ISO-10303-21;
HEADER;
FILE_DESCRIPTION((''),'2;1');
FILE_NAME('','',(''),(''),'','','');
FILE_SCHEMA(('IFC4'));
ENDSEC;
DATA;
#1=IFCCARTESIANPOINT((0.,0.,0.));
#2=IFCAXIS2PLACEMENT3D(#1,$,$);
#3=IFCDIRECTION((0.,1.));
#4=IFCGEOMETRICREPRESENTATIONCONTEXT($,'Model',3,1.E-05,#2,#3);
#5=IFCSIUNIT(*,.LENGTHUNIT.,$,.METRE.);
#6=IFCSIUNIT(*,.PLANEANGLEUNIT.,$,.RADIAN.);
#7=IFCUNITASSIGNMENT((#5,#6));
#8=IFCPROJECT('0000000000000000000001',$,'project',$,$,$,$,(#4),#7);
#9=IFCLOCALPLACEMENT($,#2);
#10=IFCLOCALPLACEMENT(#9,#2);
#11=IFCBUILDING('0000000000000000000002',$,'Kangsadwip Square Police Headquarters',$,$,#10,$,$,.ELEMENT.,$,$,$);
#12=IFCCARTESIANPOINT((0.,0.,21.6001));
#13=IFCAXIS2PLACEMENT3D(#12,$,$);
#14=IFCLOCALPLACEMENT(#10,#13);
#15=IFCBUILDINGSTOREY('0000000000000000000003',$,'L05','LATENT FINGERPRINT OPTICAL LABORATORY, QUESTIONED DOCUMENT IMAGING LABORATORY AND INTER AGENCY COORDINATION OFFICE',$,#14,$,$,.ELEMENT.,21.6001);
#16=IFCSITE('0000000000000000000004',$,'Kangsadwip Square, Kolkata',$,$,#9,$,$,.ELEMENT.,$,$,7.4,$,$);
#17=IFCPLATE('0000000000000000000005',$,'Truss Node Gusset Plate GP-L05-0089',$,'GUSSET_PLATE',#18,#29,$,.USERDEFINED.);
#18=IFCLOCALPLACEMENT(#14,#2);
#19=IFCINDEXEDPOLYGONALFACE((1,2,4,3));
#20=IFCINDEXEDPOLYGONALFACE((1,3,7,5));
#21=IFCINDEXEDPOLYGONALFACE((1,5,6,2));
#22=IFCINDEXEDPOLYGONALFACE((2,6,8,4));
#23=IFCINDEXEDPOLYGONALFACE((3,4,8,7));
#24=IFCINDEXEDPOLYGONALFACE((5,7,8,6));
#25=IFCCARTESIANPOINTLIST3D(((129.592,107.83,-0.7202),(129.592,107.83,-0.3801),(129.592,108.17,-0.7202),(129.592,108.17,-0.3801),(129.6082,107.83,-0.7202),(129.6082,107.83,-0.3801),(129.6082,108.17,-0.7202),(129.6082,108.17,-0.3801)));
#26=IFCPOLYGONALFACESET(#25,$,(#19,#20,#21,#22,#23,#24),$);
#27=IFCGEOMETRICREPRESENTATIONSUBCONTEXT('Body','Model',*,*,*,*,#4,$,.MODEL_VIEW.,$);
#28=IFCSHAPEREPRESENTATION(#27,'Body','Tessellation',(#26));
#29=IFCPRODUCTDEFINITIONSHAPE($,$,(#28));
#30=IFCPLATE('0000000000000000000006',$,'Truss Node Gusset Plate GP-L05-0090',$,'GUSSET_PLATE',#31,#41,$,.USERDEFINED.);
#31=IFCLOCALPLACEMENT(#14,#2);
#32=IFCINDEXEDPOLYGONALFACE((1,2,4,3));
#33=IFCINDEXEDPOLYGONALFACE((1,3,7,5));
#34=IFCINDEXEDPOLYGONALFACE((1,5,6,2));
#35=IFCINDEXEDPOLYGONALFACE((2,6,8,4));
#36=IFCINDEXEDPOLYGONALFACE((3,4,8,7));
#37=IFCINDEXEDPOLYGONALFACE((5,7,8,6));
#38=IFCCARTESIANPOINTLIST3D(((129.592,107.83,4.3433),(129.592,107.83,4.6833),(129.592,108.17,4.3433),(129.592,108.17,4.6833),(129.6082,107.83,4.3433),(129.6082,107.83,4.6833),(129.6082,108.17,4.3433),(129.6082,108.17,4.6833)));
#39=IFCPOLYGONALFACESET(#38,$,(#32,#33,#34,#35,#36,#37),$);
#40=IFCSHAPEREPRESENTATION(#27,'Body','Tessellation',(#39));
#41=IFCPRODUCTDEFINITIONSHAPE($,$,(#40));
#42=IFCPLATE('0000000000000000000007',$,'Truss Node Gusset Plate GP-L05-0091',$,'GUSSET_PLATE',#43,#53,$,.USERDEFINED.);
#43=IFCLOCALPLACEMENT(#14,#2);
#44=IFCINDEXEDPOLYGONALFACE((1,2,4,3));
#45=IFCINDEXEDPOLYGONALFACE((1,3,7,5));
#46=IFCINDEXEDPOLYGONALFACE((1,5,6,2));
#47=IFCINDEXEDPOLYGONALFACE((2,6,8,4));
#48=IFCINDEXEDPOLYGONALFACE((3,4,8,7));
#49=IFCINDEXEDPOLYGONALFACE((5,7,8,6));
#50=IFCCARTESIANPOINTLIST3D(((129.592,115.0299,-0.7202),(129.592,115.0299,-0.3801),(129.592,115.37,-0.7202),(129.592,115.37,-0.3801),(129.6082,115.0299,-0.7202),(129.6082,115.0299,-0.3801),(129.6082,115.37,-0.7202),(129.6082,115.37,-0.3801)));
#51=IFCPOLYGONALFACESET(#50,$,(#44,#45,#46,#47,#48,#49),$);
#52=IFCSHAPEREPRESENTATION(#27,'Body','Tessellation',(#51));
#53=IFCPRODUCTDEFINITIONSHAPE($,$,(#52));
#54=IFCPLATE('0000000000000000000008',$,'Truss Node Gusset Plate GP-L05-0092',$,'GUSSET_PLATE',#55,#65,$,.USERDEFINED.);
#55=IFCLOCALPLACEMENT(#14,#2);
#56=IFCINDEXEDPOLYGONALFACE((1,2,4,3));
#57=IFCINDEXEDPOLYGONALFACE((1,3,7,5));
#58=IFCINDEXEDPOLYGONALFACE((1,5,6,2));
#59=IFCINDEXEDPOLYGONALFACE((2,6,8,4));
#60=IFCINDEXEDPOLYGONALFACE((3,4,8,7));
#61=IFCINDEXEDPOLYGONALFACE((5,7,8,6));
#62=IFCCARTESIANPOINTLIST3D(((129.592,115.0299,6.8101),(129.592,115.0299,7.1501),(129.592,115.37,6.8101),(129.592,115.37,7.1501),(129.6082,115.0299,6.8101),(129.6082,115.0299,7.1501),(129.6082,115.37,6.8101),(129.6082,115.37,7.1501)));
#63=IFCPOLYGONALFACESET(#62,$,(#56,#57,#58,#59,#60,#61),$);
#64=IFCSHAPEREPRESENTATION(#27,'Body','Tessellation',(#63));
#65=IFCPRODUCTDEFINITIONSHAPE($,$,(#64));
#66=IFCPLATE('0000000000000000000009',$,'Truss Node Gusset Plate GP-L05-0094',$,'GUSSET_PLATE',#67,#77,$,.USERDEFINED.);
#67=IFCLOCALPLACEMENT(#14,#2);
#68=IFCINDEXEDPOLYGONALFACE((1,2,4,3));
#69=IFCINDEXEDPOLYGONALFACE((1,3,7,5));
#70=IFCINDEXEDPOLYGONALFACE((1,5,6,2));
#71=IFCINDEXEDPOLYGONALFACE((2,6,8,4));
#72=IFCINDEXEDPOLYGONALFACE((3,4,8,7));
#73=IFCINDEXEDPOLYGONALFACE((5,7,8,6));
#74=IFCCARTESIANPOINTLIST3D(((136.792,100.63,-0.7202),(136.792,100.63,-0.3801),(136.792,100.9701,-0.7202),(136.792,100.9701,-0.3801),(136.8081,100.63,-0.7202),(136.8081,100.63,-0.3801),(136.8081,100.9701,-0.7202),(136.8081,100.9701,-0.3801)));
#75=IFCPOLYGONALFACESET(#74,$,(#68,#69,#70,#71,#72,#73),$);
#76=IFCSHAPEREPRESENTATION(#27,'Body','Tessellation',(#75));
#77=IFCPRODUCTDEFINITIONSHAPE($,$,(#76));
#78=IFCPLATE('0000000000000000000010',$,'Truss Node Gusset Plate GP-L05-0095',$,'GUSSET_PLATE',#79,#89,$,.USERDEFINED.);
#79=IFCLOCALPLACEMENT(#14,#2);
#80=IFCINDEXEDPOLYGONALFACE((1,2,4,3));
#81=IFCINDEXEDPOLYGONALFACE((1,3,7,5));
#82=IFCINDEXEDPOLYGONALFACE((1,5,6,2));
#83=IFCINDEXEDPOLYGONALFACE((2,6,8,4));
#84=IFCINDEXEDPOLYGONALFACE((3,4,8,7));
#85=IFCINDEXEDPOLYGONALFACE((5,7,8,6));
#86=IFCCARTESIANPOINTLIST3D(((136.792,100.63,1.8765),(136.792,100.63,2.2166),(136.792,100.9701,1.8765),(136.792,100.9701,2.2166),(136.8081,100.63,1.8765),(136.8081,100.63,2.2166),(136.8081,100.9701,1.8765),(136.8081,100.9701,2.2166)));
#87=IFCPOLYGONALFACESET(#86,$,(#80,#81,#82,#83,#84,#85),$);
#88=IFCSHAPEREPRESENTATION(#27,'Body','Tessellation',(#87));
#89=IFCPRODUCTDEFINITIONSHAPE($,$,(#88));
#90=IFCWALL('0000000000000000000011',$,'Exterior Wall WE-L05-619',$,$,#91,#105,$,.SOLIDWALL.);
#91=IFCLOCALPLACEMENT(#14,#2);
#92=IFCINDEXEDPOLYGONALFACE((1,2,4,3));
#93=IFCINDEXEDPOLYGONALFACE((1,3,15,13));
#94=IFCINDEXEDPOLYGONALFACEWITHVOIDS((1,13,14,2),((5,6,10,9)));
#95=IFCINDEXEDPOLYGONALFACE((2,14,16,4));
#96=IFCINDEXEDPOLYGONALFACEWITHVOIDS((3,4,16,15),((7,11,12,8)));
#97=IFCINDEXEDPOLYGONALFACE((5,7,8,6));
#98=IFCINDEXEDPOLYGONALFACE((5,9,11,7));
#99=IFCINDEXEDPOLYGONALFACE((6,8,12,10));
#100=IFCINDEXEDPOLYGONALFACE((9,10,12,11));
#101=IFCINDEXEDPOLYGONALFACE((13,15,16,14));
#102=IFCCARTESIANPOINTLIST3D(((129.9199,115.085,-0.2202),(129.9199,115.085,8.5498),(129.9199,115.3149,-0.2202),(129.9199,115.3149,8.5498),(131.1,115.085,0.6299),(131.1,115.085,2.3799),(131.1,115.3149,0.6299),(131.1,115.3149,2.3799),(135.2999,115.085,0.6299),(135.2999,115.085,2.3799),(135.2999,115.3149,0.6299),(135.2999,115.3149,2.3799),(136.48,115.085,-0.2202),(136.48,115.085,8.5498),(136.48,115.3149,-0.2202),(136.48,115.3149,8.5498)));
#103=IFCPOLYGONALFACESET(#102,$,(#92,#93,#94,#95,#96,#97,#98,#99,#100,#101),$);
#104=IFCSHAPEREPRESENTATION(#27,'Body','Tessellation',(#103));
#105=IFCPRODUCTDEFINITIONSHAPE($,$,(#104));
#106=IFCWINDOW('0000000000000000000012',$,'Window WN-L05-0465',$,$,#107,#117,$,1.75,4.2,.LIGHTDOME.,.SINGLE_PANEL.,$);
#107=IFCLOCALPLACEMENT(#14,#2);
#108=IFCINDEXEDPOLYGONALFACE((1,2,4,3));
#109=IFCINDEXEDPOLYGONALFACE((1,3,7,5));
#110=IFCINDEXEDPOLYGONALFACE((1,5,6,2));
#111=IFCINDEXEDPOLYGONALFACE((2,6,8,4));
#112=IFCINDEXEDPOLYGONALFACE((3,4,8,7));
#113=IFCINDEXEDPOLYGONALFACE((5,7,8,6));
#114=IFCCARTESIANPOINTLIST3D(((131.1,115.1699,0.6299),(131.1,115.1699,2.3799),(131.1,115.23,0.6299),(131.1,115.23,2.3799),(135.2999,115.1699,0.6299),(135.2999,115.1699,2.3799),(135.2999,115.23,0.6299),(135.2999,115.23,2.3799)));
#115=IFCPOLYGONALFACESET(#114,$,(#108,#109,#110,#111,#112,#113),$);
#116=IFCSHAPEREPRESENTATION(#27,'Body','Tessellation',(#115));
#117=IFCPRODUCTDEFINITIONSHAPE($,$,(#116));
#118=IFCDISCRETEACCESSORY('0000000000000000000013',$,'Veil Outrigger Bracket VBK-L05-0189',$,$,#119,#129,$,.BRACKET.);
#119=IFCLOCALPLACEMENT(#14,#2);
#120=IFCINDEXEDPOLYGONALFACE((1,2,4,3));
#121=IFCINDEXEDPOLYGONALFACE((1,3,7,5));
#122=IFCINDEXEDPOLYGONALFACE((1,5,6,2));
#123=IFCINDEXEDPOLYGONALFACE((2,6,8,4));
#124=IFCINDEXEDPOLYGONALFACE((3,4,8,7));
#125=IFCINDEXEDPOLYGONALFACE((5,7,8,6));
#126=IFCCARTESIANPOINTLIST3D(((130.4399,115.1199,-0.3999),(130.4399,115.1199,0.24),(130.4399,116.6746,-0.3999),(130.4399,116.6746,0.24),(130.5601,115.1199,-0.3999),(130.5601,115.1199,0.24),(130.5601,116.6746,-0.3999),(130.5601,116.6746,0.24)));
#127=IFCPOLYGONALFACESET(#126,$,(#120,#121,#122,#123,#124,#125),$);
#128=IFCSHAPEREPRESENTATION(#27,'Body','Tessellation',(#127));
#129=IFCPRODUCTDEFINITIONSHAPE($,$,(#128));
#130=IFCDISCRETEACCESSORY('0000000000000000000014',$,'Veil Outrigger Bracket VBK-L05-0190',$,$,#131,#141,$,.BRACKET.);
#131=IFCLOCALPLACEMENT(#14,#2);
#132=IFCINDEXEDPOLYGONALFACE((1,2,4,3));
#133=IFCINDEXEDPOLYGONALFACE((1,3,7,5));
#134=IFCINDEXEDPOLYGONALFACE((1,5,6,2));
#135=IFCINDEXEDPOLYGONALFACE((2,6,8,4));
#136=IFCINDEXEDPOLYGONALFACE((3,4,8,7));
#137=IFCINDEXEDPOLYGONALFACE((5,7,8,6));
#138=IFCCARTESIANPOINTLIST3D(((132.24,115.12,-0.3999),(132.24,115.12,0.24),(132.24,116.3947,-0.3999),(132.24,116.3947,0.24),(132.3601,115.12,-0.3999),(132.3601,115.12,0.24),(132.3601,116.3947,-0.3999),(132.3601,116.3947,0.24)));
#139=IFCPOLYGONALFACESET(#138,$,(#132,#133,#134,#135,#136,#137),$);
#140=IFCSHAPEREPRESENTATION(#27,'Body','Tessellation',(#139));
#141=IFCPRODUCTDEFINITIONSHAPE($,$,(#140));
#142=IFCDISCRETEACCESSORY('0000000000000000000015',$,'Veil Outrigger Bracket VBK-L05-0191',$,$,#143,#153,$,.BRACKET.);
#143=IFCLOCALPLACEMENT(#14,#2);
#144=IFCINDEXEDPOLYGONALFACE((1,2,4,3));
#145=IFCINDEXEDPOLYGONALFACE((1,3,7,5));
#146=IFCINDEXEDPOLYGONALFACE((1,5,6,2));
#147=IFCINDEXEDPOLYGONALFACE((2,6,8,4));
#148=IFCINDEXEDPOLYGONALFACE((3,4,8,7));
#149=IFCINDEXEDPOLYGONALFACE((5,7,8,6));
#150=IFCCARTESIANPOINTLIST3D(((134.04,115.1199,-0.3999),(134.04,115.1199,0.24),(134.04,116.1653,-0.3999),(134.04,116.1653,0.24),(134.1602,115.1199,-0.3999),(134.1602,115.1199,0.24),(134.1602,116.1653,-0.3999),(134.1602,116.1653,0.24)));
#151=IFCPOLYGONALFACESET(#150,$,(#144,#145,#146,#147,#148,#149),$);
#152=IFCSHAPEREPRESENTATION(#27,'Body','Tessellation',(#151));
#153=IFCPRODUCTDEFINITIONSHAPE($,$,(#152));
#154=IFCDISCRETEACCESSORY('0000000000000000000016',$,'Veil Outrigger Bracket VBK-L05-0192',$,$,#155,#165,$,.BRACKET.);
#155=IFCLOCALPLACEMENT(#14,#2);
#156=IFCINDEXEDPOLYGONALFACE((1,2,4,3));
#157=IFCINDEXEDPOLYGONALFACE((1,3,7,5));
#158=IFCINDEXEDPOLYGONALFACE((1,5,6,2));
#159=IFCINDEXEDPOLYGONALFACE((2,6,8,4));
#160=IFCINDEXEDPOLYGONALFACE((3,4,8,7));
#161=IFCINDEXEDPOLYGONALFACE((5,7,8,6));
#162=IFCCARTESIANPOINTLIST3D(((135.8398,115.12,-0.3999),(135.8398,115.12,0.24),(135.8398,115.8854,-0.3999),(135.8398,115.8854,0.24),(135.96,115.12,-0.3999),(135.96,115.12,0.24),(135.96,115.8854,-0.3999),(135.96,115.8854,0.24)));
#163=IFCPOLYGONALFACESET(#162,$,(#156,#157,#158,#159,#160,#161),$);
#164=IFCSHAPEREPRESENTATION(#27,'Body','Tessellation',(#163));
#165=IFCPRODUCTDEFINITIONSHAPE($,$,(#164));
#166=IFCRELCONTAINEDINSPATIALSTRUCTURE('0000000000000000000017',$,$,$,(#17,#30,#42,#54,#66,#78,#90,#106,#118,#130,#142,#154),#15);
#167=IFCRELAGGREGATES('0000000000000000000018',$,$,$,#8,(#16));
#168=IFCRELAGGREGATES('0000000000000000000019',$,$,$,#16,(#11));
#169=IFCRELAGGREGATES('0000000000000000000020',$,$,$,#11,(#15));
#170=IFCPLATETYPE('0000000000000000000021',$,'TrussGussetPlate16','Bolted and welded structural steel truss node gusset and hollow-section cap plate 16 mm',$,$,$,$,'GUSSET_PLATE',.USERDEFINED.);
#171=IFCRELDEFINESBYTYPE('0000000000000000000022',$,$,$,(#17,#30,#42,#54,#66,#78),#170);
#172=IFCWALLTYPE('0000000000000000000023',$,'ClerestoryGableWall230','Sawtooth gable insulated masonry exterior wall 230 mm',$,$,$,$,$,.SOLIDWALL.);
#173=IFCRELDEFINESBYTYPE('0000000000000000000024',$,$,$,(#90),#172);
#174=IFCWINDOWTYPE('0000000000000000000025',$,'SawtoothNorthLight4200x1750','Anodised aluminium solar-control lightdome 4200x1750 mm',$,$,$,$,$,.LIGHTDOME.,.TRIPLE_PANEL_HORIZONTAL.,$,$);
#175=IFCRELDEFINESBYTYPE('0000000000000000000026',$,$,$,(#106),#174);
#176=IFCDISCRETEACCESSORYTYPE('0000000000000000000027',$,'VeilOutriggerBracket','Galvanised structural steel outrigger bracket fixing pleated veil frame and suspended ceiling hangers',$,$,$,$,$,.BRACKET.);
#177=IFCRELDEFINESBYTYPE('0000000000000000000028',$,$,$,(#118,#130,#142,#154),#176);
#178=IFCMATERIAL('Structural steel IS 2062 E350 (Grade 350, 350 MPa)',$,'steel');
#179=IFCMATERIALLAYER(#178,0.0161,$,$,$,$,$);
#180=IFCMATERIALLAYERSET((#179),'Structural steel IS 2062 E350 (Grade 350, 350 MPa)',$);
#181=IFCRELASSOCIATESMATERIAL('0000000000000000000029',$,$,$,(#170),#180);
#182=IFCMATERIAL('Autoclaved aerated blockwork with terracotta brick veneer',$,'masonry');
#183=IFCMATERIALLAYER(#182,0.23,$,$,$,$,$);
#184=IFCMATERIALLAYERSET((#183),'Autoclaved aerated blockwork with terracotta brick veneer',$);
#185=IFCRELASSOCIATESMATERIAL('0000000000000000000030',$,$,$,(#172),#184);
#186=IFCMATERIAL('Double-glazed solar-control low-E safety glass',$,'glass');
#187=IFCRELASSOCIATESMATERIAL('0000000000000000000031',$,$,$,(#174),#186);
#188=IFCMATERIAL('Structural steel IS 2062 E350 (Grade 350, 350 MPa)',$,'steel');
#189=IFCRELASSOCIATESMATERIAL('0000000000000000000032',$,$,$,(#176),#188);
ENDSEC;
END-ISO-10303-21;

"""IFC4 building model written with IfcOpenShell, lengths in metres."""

from ifc_helpers import new_model, si_unit, direction, frame, frame_2d, origin, origin_2d, place, context, subcontext, project, spatial, rectangle, extrude, material, layer, layer_set, type_object, element, fill, save


model = new_model("IFC4")

# Units and contexts
model_context = context("Model", 3, precision=1e-05, world=origin(), true_north=direction((0.0, 1.0)))
body_context = subcontext(model_context, "Body", "Model", "MODEL_VIEW")
ifc_project = project(units=[si_unit("LENGTHUNIT", "METRE"), si_unit("PLANEANGLEUNIT", "RADIAN")], contexts=[model_context])

# Site, building, storey
site_placement = place(None, origin())
site = spatial("IfcSite", under=ifc_project, at=site_placement, Name="Kangsadwip Square, Kolkata", CompositionType="ELEMENT", RefElevation=7.4)
building_placement = place(site_placement, origin())
building = spatial("IfcBuilding", under=site, at=building_placement, Name="Kangsadwip Square Police Headquarters", CompositionType="ELEMENT")
storey_placement = place(building_placement, frame((0.0, 0.0, 21.6001)))
storey = spatial("IfcBuildingStorey", under=building, at=storey_placement, Name="L05", Description="LATENT FINGERPRINT OPTICAL LABORATORY, QUESTIONED DOCUMENT IMAGING LABORATORY AND INTER AGENCY COORDINATION OFFICE", CompositionType="ELEMENT", Elevation=21.6001)

# Plates
ifc_material_1 = material(Name="Structural steel IS 2062 E350 (Grade 350, 350 MPa)", Category="steel")
ifc_layer_1 = layer(ifc_material_1, 0.0161)
ifc_layer_set_1 = layer_set([ifc_layer_1], Name="Structural steel IS 2062 E350 (Grade 350, 350 MPa)")
plate_type_1 = type_object("IfcPlateType", Name="TrussGussetPlate16", Description="Bolted and welded structural steel truss node gusset and hollow-section cap plate 16 mm", ElementType="GUSSET_PLATE", PredefinedType="USERDEFINED", material=ifc_layer_set_1)
for number, where, z_axis, x_axis, name in (
    (1, (129.6001, 108.0, -0.7202), (0.0, 0.0, 1.0), (0.0, 1.0, 0.0), "Truss Node Gusset Plate GP-L05-0089"),
    (2, (129.6001, 108.0, 4.3433), (0.0, 0.0, 1.0), (0.0, 1.0, 0.0), "Truss Node Gusset Plate GP-L05-0090"),
    (3, (129.6001, 115.2, -0.7202), (0.0, 0.0, 1.0), (0.0, 1.0, 0.0), "Truss Node Gusset Plate GP-L05-0091"),
    (4, (129.6001, 115.2, 6.8101), (0.0, 0.0, 1.0), (0.0, 1.0, 0.0), "Truss Node Gusset Plate GP-L05-0092"),
    (5, (136.8, 100.8, -0.7202), (0.0, 0.0, 1.0), (0.0, 1.0, 0.0), "Truss Node Gusset Plate GP-L05-0094"),
    (6, (136.8, 100.8, 1.8765), (0.0, 0.0, 1.0), (0.0, 1.0, 0.0), "Truss Node Gusset Plate GP-L05-0095"),
):
    element("IfcPlate", number, at=place(storey_placement, frame(where, z_axis=z_axis, x_axis=x_axis)), inside=storey, type_object=plate_type_1, Name=name, ObjectType="GUSSET_PLATE", PredefinedType="USERDEFINED", context=body_context, shape_type="SweptSolid", body=[
        extrude(rectangle(XDim=0.3401, YDim=0.0161, at=origin_2d()), origin(), (0.0, 0.0, 1.0), 0.3401),
    ])

# Wall, opening, window
ifc_material_2 = material(Name="Autoclaved aerated blockwork with terracotta brick veneer", Category="masonry")
ifc_layer_2 = layer(ifc_material_2, 0.23)
ifc_layer_set_2 = layer_set([ifc_layer_2], Name="Autoclaved aerated blockwork with terracotta brick veneer")
wall_type = type_object("IfcWallType", Name="ClerestoryGableWall230", Description="Sawtooth gable insulated masonry exterior wall 230 mm", PredefinedType="SOLIDWALL", material=ifc_layer_set_2)
wall_placement = place(storey_placement, frame((129.9199, 115.2, -0.2202), z_axis=(0.0, 0.0, 1.0), x_axis=(1.0, 0.0, 0.0)))
wall = element("IfcWall", 7, at=wall_placement, inside=storey, type_object=wall_type, Name="Exterior Wall WE-L05-619", PredefinedType="SOLIDWALL", context=body_context, shape_type="SweptSolid", body=[
    extrude(rectangle(XDim=6.5601, YDim=0.23, at=frame_2d((3.28, 0.0))), origin(), (0.0, 0.0, 1.0), 8.77),
])
opening_placement = place(wall_placement, frame((1.1799, 0.0, 0.8501)))
opening = element("IfcOpeningElement", 8, at=opening_placement, cuts=wall, PredefinedType="OPENING", context=body_context, shape_type="SweptSolid", body=[
    extrude(rectangle(XDim=4.2, YDim=1.75, at=frame_2d((2.1001, 0.875))), frame((0.0, 0.125, 0.0), z_axis=(0.0, -1.0, 0.0), x_axis=(1.0, 0.0, 0.0)), (0.0, 0.0, 1.0), 0.25),
])
ifc_material_3 = material(Name="Double-glazed solar-control low-E safety glass", Category="glass")
window_type = type_object("IfcWindowType", Name="SawtoothNorthLight4200x1750", Description="Anodised aluminium solar-control lightdome 4200x1750 mm", PartitioningType="TRIPLE_PANEL_HORIZONTAL", PredefinedType="LIGHTDOME", material=ifc_material_3)
window_placement = place(opening_placement, origin())
window = element("IfcWindow", 9, at=window_placement, inside=storey, type_object=window_type, Name="Window WN-L05-0465", OverallHeight=1.75, OverallWidth=4.2, PartitioningType="SINGLE_PANEL", PredefinedType="LIGHTDOME", context=body_context, shape_type="SweptSolid", body=[
    extrude(rectangle(XDim=4.2, YDim=1.75, at=frame_2d((2.1001, 0.875))), frame((0.0, 0.03, 0.0), z_axis=(0.0, -1.0, 0.0), x_axis=(1.0, 0.0, 0.0)), (0.0, 0.0, 1.0), 0.0601),
])
fill(opening, window)

# Discrete accessories
ifc_material_4 = material(Name="Structural steel IS 2062 E350 (Grade 350, 350 MPa)", Category="steel")
discrete_accessory_type = type_object("IfcDiscreteAccessoryType", Name="VeilOutriggerBracket", Description="Galvanised structural steel outrigger bracket fixing pleated veil frame and suspended ceiling hangers", PredefinedType="BRACKET", material=ifc_material_4)
discrete_accessory_1_placement = place(storey_placement, frame((130.5, 115.8972, -0.3999), z_axis=(0.0, 0.0, 1.0), x_axis=(1.0, 0.0, 0.0)))
element("IfcDiscreteAccessory", 10, at=discrete_accessory_1_placement, inside=storey, type_object=discrete_accessory_type, Name="Veil Outrigger Bracket VBK-L05-0189", PredefinedType="BRACKET", context=body_context, shape_type="SweptSolid", body=[
    extrude(rectangle(XDim=0.1201, YDim=1.5547, at=origin_2d()), origin(), (0.0, 0.0, 1.0), 0.6399),
])
discrete_accessory_2_placement = place(storey_placement, frame((132.3, 115.7573, -0.3999), z_axis=(0.0, 0.0, 1.0), x_axis=(1.0, 0.0, 0.0)))
element("IfcDiscreteAccessory", 11, at=discrete_accessory_2_placement, inside=storey, type_object=discrete_accessory_type, Name="Veil Outrigger Bracket VBK-L05-0190", PredefinedType="BRACKET", context=body_context, shape_type="SweptSolid", body=[
    extrude(rectangle(XDim=0.1201, YDim=1.2747, at=origin_2d()), origin(), (0.0, 0.0, 1.0), 0.6399),
])
discrete_accessory_3_placement = place(storey_placement, frame((134.1001, 115.6426, -0.3999), z_axis=(0.0, 0.0, 1.0), x_axis=(1.0, 0.0, 0.0)))
element("IfcDiscreteAccessory", 12, at=discrete_accessory_3_placement, inside=storey, type_object=discrete_accessory_type, Name="Veil Outrigger Bracket VBK-L05-0191", PredefinedType="BRACKET", context=body_context, shape_type="SweptSolid", body=[
    extrude(rectangle(XDim=0.1201, YDim=1.0454, at=origin_2d()), origin(), (0.0, 0.0, 1.0), 0.6399),
])
discrete_accessory_4_placement = place(storey_placement, frame((135.8999, 115.5027, -0.3999), z_axis=(0.0, 0.0, 1.0), x_axis=(1.0, 0.0, 0.0)))
element("IfcDiscreteAccessory", 13, at=discrete_accessory_4_placement, inside=storey, type_object=discrete_accessory_type, Name="Veil Outrigger Bracket VBK-L05-0192", PredefinedType="BRACKET", context=body_context, shape_type="SweptSolid", body=[
    extrude(rectangle(XDim=0.1201, YDim=0.7654, at=origin_2d()), origin(), (0.0, 0.0, 1.0), 0.6399),
])

save(model, "model.ifc")
